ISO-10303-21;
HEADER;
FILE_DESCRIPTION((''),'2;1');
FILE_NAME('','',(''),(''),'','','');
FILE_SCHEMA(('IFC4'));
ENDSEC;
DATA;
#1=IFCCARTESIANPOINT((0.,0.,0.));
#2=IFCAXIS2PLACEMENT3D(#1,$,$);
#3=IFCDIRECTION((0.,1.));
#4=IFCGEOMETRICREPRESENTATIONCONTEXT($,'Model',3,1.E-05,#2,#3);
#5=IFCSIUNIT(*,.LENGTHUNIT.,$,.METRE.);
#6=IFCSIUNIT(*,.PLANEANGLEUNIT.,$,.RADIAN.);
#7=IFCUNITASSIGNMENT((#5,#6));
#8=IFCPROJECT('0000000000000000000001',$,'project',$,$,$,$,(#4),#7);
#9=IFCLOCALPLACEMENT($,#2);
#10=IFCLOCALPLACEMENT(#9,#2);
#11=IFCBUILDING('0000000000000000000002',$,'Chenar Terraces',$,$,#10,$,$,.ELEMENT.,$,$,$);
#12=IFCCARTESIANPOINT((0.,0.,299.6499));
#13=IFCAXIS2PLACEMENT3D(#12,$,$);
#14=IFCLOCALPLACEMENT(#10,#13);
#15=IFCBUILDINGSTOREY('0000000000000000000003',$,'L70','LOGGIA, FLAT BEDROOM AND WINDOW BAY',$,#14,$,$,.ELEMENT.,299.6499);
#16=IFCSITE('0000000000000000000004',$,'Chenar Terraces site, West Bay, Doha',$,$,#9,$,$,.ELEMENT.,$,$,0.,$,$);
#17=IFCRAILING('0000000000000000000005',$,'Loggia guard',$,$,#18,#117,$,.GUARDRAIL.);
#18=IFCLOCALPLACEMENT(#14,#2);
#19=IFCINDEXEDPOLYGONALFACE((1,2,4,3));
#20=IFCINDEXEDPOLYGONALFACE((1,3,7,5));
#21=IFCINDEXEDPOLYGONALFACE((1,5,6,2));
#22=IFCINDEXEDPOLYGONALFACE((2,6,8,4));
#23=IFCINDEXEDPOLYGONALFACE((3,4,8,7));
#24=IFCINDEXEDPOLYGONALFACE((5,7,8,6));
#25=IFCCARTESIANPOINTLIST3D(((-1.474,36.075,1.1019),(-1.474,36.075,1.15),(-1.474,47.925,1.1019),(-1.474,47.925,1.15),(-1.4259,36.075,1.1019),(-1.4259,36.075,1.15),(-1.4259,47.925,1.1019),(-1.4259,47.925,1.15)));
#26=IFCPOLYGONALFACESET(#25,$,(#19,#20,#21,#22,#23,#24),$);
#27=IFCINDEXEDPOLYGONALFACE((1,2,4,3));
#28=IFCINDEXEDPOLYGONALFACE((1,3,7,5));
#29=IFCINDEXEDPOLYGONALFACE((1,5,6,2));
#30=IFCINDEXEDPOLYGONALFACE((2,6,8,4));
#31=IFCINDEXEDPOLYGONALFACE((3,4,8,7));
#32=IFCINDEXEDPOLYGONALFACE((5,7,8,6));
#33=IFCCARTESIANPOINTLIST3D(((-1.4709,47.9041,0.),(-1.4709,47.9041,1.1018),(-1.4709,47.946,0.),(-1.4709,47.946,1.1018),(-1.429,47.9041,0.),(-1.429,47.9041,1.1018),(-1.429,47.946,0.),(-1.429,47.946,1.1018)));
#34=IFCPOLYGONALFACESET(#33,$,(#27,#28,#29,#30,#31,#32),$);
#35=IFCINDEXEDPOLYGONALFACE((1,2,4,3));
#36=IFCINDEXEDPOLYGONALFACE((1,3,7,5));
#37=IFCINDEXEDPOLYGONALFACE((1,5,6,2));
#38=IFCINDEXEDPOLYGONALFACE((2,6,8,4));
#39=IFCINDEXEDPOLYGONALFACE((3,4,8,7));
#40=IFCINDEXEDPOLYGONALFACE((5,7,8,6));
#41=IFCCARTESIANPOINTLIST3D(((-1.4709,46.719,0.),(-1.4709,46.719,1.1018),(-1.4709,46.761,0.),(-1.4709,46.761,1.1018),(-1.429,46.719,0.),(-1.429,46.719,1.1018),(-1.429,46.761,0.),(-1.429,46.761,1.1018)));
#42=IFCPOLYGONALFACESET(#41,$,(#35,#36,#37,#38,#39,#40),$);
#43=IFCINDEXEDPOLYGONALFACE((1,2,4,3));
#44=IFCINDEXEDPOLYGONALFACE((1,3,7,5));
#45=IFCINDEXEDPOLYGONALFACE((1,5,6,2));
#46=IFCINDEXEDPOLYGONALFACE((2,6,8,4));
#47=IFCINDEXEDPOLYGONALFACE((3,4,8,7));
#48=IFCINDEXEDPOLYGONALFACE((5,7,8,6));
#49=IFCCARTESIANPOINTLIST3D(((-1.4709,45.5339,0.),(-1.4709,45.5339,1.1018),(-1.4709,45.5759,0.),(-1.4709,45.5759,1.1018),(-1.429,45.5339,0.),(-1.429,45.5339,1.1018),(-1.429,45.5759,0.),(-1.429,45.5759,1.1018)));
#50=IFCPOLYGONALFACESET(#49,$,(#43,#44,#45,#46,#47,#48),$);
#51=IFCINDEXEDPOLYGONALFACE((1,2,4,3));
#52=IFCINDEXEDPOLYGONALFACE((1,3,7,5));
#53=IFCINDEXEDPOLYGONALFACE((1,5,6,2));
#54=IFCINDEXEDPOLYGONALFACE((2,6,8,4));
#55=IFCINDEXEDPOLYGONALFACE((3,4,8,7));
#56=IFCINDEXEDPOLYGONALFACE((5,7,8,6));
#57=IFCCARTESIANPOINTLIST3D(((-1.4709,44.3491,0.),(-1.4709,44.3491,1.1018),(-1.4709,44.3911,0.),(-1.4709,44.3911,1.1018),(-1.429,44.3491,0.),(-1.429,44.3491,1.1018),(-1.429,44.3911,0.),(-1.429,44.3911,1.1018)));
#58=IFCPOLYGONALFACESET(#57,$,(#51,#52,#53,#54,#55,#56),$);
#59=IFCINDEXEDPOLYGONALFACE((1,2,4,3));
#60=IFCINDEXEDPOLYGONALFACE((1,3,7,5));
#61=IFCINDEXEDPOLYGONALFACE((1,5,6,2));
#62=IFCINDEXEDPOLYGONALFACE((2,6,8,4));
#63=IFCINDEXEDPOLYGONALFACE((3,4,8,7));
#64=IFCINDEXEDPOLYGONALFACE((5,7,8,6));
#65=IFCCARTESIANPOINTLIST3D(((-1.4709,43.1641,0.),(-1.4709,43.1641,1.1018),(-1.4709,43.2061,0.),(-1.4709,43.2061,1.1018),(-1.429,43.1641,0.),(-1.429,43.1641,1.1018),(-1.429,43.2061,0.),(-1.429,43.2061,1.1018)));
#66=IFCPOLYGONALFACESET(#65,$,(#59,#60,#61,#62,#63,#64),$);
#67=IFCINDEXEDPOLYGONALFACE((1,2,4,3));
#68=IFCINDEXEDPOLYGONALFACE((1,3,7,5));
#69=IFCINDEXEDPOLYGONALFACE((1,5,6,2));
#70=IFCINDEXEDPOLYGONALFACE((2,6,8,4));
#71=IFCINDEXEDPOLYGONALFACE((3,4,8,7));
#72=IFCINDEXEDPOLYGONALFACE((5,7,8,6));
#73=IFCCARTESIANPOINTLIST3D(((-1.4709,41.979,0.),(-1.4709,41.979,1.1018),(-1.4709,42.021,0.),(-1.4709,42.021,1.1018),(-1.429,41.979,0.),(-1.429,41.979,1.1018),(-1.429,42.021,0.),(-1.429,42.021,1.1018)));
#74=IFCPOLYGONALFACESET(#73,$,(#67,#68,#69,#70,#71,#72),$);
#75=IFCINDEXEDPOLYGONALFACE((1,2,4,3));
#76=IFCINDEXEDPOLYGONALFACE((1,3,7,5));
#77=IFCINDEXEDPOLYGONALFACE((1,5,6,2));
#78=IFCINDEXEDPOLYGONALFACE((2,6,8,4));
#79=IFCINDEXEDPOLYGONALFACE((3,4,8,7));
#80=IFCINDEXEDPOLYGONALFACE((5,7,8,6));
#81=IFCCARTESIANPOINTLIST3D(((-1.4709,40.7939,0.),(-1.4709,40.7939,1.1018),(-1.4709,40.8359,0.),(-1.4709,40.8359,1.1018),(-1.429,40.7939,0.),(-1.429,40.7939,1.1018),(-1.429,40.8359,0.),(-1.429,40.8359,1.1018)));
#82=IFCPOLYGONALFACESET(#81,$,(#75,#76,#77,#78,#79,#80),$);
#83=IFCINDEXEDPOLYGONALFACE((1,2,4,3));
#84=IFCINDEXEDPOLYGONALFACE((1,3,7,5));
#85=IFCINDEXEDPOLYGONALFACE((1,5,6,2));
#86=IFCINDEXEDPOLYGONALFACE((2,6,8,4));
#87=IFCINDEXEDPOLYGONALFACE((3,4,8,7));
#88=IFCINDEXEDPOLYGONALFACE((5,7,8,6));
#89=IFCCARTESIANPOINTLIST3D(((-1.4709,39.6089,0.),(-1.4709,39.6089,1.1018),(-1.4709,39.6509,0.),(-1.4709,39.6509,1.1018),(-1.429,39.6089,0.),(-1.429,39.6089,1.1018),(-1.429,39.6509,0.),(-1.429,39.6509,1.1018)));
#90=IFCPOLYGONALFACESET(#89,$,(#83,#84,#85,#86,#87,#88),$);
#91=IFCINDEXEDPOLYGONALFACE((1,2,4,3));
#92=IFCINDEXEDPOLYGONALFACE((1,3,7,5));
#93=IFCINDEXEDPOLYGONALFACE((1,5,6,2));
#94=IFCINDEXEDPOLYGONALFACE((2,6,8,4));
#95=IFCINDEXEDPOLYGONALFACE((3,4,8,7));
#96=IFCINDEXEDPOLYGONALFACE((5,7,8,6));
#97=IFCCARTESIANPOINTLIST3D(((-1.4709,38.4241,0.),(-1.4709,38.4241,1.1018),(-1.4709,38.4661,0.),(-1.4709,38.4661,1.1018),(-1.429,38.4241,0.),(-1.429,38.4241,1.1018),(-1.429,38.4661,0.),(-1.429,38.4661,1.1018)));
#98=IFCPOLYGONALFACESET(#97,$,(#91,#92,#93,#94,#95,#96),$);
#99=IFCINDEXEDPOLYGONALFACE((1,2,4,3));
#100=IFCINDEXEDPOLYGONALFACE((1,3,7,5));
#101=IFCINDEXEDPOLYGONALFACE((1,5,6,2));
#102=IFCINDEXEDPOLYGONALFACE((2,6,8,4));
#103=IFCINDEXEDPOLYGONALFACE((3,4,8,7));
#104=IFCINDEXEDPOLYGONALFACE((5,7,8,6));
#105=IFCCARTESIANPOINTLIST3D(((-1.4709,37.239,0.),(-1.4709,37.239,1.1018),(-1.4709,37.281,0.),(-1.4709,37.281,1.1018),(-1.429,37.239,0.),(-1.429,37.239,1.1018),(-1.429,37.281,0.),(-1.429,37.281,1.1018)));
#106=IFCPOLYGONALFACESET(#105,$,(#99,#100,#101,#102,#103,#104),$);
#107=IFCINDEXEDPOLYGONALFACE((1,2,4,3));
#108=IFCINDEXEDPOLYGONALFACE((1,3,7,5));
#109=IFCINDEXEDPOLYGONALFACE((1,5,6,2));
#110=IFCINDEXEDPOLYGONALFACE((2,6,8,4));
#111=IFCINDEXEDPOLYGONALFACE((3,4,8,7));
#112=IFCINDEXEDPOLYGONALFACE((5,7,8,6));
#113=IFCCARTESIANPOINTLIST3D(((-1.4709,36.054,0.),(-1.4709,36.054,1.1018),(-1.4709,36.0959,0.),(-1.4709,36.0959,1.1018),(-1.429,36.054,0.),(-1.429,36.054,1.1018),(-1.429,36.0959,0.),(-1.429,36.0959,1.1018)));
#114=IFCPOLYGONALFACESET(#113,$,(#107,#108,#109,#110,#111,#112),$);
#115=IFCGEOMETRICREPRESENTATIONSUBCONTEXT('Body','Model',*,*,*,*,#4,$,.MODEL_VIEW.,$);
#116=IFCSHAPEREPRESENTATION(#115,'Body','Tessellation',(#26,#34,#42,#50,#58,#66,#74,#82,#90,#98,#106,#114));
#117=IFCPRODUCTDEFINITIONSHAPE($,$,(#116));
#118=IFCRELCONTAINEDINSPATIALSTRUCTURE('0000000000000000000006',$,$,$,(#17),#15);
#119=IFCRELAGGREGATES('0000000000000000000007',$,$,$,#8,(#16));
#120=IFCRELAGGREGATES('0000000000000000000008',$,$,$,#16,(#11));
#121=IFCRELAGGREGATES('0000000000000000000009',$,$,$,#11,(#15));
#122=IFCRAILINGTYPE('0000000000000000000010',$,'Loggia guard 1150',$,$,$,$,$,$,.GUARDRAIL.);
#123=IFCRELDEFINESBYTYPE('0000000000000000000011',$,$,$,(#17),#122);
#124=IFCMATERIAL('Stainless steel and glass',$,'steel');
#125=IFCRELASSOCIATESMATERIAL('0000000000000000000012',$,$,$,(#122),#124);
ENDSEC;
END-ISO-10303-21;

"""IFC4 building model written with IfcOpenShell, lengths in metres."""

from ifc_helpers import new_model, si_unit, direction, frame, origin, origin_2d, place, context, subcontext, project, spatial, rectangle, extrude, material, type_object, element, save


model = new_model("IFC4")

# Units and contexts
model_context = context("Model", 3, precision=1e-05, world=origin(), true_north=direction((0.0, 1.0)))
body_context = subcontext(model_context, "Body", "Model", "MODEL_VIEW")
ifc_project = project(units=[si_unit("LENGTHUNIT", "METRE"), si_unit("PLANEANGLEUNIT", "RADIAN")], contexts=[model_context])

# Site, building, storey
site_placement = place(None, origin())
site = spatial("IfcSite", under=ifc_project, at=site_placement, Name="Chenar Terraces site, West Bay, Doha", CompositionType="ELEMENT", RefElevation=0.0)
building_placement = place(site_placement, origin())
building = spatial("IfcBuilding", under=site, at=building_placement, Name="Chenar Terraces", CompositionType="ELEMENT")
storey_placement = place(building_placement, frame((0.0, 0.0, 299.6499)))
storey = spatial("IfcBuildingStorey", under=building, at=storey_placement, Name="L70", Description="LOGGIA, FLAT BEDROOM AND WINDOW BAY", CompositionType="ELEMENT", Elevation=299.6499)

# Railing
ifc_material_1 = material(Name="Stainless steel and glass", Category="steel")
railing_type = type_object("IfcRailingType", Name="Loggia guard 1150", PredefinedType="GUARDRAIL", material=ifc_material_1)
railing_placement = place(storey_placement, frame((-1.45, 47.925, 0.0)))
element("IfcRailing", 1, at=railing_placement, inside=storey, type_object=railing_type, Name="Loggia guard", PredefinedType="GUARDRAIL", context=body_context, shape_type="SweptSolid", body=[
    extrude(rectangle(XDim=0.0481, YDim=0.0481, at=origin_2d()), frame((0.0, 0.0, 1.126), z_axis=(0.0, -1.0, 0.0), x_axis=(1.0, 0.0, 0.0)), (0.0, 0.0, 1.0), 11.8501),
    extrude(rectangle(XDim=0.042, YDim=0.042, at=origin_2d()), origin(), (0.0, 0.0, 1.0), 1.1018),
    extrude(rectangle(XDim=0.042, YDim=0.042, at=origin_2d()), frame((0.0, -1.1851, 0.0)), (0.0, 0.0, 1.0), 1.1018),
    extrude(rectangle(XDim=0.042, YDim=0.042, at=origin_2d()), frame((0.0, -2.3701, 0.0)), (0.0, 0.0, 1.0), 1.1018),
    extrude(rectangle(XDim=0.042, YDim=0.042, at=origin_2d()), frame((0.0, -3.5549, 0.0)), (0.0, 0.0, 1.0), 1.1018),
    extrude(rectangle(XDim=0.042, YDim=0.042, at=origin_2d()), frame((0.0, -4.74, 0.0)), (0.0, 0.0, 1.0), 1.1018),
    extrude(rectangle(XDim=0.042, YDim=0.042, at=origin_2d()), frame((0.0, -5.925, 0.0)), (0.0, 0.0, 1.0), 1.1018),
    extrude(rectangle(XDim=0.042, YDim=0.042, at=origin_2d()), frame((0.0, -7.1101, 0.0)), (0.0, 0.0, 1.0), 1.1018),
    extrude(rectangle(XDim=0.042, YDim=0.042, at=origin_2d()), frame((0.0, -8.2952, 0.0)), (0.0, 0.0, 1.0), 1.1018),
    extrude(rectangle(XDim=0.042, YDim=0.042, at=origin_2d()), frame((0.0, -9.48, 0.0)), (0.0, 0.0, 1.0), 1.1018),
    extrude(rectangle(XDim=0.042, YDim=0.042, at=origin_2d()), frame((0.0, -10.665, 0.0)), (0.0, 0.0, 1.0), 1.1018),
    extrude(rectangle(XDim=0.042, YDim=0.042, at=origin_2d()), frame((0.0, -11.8501, 0.0)), (0.0, 0.0, 1.0), 1.1018),
])

save(model, "model.ifc")
